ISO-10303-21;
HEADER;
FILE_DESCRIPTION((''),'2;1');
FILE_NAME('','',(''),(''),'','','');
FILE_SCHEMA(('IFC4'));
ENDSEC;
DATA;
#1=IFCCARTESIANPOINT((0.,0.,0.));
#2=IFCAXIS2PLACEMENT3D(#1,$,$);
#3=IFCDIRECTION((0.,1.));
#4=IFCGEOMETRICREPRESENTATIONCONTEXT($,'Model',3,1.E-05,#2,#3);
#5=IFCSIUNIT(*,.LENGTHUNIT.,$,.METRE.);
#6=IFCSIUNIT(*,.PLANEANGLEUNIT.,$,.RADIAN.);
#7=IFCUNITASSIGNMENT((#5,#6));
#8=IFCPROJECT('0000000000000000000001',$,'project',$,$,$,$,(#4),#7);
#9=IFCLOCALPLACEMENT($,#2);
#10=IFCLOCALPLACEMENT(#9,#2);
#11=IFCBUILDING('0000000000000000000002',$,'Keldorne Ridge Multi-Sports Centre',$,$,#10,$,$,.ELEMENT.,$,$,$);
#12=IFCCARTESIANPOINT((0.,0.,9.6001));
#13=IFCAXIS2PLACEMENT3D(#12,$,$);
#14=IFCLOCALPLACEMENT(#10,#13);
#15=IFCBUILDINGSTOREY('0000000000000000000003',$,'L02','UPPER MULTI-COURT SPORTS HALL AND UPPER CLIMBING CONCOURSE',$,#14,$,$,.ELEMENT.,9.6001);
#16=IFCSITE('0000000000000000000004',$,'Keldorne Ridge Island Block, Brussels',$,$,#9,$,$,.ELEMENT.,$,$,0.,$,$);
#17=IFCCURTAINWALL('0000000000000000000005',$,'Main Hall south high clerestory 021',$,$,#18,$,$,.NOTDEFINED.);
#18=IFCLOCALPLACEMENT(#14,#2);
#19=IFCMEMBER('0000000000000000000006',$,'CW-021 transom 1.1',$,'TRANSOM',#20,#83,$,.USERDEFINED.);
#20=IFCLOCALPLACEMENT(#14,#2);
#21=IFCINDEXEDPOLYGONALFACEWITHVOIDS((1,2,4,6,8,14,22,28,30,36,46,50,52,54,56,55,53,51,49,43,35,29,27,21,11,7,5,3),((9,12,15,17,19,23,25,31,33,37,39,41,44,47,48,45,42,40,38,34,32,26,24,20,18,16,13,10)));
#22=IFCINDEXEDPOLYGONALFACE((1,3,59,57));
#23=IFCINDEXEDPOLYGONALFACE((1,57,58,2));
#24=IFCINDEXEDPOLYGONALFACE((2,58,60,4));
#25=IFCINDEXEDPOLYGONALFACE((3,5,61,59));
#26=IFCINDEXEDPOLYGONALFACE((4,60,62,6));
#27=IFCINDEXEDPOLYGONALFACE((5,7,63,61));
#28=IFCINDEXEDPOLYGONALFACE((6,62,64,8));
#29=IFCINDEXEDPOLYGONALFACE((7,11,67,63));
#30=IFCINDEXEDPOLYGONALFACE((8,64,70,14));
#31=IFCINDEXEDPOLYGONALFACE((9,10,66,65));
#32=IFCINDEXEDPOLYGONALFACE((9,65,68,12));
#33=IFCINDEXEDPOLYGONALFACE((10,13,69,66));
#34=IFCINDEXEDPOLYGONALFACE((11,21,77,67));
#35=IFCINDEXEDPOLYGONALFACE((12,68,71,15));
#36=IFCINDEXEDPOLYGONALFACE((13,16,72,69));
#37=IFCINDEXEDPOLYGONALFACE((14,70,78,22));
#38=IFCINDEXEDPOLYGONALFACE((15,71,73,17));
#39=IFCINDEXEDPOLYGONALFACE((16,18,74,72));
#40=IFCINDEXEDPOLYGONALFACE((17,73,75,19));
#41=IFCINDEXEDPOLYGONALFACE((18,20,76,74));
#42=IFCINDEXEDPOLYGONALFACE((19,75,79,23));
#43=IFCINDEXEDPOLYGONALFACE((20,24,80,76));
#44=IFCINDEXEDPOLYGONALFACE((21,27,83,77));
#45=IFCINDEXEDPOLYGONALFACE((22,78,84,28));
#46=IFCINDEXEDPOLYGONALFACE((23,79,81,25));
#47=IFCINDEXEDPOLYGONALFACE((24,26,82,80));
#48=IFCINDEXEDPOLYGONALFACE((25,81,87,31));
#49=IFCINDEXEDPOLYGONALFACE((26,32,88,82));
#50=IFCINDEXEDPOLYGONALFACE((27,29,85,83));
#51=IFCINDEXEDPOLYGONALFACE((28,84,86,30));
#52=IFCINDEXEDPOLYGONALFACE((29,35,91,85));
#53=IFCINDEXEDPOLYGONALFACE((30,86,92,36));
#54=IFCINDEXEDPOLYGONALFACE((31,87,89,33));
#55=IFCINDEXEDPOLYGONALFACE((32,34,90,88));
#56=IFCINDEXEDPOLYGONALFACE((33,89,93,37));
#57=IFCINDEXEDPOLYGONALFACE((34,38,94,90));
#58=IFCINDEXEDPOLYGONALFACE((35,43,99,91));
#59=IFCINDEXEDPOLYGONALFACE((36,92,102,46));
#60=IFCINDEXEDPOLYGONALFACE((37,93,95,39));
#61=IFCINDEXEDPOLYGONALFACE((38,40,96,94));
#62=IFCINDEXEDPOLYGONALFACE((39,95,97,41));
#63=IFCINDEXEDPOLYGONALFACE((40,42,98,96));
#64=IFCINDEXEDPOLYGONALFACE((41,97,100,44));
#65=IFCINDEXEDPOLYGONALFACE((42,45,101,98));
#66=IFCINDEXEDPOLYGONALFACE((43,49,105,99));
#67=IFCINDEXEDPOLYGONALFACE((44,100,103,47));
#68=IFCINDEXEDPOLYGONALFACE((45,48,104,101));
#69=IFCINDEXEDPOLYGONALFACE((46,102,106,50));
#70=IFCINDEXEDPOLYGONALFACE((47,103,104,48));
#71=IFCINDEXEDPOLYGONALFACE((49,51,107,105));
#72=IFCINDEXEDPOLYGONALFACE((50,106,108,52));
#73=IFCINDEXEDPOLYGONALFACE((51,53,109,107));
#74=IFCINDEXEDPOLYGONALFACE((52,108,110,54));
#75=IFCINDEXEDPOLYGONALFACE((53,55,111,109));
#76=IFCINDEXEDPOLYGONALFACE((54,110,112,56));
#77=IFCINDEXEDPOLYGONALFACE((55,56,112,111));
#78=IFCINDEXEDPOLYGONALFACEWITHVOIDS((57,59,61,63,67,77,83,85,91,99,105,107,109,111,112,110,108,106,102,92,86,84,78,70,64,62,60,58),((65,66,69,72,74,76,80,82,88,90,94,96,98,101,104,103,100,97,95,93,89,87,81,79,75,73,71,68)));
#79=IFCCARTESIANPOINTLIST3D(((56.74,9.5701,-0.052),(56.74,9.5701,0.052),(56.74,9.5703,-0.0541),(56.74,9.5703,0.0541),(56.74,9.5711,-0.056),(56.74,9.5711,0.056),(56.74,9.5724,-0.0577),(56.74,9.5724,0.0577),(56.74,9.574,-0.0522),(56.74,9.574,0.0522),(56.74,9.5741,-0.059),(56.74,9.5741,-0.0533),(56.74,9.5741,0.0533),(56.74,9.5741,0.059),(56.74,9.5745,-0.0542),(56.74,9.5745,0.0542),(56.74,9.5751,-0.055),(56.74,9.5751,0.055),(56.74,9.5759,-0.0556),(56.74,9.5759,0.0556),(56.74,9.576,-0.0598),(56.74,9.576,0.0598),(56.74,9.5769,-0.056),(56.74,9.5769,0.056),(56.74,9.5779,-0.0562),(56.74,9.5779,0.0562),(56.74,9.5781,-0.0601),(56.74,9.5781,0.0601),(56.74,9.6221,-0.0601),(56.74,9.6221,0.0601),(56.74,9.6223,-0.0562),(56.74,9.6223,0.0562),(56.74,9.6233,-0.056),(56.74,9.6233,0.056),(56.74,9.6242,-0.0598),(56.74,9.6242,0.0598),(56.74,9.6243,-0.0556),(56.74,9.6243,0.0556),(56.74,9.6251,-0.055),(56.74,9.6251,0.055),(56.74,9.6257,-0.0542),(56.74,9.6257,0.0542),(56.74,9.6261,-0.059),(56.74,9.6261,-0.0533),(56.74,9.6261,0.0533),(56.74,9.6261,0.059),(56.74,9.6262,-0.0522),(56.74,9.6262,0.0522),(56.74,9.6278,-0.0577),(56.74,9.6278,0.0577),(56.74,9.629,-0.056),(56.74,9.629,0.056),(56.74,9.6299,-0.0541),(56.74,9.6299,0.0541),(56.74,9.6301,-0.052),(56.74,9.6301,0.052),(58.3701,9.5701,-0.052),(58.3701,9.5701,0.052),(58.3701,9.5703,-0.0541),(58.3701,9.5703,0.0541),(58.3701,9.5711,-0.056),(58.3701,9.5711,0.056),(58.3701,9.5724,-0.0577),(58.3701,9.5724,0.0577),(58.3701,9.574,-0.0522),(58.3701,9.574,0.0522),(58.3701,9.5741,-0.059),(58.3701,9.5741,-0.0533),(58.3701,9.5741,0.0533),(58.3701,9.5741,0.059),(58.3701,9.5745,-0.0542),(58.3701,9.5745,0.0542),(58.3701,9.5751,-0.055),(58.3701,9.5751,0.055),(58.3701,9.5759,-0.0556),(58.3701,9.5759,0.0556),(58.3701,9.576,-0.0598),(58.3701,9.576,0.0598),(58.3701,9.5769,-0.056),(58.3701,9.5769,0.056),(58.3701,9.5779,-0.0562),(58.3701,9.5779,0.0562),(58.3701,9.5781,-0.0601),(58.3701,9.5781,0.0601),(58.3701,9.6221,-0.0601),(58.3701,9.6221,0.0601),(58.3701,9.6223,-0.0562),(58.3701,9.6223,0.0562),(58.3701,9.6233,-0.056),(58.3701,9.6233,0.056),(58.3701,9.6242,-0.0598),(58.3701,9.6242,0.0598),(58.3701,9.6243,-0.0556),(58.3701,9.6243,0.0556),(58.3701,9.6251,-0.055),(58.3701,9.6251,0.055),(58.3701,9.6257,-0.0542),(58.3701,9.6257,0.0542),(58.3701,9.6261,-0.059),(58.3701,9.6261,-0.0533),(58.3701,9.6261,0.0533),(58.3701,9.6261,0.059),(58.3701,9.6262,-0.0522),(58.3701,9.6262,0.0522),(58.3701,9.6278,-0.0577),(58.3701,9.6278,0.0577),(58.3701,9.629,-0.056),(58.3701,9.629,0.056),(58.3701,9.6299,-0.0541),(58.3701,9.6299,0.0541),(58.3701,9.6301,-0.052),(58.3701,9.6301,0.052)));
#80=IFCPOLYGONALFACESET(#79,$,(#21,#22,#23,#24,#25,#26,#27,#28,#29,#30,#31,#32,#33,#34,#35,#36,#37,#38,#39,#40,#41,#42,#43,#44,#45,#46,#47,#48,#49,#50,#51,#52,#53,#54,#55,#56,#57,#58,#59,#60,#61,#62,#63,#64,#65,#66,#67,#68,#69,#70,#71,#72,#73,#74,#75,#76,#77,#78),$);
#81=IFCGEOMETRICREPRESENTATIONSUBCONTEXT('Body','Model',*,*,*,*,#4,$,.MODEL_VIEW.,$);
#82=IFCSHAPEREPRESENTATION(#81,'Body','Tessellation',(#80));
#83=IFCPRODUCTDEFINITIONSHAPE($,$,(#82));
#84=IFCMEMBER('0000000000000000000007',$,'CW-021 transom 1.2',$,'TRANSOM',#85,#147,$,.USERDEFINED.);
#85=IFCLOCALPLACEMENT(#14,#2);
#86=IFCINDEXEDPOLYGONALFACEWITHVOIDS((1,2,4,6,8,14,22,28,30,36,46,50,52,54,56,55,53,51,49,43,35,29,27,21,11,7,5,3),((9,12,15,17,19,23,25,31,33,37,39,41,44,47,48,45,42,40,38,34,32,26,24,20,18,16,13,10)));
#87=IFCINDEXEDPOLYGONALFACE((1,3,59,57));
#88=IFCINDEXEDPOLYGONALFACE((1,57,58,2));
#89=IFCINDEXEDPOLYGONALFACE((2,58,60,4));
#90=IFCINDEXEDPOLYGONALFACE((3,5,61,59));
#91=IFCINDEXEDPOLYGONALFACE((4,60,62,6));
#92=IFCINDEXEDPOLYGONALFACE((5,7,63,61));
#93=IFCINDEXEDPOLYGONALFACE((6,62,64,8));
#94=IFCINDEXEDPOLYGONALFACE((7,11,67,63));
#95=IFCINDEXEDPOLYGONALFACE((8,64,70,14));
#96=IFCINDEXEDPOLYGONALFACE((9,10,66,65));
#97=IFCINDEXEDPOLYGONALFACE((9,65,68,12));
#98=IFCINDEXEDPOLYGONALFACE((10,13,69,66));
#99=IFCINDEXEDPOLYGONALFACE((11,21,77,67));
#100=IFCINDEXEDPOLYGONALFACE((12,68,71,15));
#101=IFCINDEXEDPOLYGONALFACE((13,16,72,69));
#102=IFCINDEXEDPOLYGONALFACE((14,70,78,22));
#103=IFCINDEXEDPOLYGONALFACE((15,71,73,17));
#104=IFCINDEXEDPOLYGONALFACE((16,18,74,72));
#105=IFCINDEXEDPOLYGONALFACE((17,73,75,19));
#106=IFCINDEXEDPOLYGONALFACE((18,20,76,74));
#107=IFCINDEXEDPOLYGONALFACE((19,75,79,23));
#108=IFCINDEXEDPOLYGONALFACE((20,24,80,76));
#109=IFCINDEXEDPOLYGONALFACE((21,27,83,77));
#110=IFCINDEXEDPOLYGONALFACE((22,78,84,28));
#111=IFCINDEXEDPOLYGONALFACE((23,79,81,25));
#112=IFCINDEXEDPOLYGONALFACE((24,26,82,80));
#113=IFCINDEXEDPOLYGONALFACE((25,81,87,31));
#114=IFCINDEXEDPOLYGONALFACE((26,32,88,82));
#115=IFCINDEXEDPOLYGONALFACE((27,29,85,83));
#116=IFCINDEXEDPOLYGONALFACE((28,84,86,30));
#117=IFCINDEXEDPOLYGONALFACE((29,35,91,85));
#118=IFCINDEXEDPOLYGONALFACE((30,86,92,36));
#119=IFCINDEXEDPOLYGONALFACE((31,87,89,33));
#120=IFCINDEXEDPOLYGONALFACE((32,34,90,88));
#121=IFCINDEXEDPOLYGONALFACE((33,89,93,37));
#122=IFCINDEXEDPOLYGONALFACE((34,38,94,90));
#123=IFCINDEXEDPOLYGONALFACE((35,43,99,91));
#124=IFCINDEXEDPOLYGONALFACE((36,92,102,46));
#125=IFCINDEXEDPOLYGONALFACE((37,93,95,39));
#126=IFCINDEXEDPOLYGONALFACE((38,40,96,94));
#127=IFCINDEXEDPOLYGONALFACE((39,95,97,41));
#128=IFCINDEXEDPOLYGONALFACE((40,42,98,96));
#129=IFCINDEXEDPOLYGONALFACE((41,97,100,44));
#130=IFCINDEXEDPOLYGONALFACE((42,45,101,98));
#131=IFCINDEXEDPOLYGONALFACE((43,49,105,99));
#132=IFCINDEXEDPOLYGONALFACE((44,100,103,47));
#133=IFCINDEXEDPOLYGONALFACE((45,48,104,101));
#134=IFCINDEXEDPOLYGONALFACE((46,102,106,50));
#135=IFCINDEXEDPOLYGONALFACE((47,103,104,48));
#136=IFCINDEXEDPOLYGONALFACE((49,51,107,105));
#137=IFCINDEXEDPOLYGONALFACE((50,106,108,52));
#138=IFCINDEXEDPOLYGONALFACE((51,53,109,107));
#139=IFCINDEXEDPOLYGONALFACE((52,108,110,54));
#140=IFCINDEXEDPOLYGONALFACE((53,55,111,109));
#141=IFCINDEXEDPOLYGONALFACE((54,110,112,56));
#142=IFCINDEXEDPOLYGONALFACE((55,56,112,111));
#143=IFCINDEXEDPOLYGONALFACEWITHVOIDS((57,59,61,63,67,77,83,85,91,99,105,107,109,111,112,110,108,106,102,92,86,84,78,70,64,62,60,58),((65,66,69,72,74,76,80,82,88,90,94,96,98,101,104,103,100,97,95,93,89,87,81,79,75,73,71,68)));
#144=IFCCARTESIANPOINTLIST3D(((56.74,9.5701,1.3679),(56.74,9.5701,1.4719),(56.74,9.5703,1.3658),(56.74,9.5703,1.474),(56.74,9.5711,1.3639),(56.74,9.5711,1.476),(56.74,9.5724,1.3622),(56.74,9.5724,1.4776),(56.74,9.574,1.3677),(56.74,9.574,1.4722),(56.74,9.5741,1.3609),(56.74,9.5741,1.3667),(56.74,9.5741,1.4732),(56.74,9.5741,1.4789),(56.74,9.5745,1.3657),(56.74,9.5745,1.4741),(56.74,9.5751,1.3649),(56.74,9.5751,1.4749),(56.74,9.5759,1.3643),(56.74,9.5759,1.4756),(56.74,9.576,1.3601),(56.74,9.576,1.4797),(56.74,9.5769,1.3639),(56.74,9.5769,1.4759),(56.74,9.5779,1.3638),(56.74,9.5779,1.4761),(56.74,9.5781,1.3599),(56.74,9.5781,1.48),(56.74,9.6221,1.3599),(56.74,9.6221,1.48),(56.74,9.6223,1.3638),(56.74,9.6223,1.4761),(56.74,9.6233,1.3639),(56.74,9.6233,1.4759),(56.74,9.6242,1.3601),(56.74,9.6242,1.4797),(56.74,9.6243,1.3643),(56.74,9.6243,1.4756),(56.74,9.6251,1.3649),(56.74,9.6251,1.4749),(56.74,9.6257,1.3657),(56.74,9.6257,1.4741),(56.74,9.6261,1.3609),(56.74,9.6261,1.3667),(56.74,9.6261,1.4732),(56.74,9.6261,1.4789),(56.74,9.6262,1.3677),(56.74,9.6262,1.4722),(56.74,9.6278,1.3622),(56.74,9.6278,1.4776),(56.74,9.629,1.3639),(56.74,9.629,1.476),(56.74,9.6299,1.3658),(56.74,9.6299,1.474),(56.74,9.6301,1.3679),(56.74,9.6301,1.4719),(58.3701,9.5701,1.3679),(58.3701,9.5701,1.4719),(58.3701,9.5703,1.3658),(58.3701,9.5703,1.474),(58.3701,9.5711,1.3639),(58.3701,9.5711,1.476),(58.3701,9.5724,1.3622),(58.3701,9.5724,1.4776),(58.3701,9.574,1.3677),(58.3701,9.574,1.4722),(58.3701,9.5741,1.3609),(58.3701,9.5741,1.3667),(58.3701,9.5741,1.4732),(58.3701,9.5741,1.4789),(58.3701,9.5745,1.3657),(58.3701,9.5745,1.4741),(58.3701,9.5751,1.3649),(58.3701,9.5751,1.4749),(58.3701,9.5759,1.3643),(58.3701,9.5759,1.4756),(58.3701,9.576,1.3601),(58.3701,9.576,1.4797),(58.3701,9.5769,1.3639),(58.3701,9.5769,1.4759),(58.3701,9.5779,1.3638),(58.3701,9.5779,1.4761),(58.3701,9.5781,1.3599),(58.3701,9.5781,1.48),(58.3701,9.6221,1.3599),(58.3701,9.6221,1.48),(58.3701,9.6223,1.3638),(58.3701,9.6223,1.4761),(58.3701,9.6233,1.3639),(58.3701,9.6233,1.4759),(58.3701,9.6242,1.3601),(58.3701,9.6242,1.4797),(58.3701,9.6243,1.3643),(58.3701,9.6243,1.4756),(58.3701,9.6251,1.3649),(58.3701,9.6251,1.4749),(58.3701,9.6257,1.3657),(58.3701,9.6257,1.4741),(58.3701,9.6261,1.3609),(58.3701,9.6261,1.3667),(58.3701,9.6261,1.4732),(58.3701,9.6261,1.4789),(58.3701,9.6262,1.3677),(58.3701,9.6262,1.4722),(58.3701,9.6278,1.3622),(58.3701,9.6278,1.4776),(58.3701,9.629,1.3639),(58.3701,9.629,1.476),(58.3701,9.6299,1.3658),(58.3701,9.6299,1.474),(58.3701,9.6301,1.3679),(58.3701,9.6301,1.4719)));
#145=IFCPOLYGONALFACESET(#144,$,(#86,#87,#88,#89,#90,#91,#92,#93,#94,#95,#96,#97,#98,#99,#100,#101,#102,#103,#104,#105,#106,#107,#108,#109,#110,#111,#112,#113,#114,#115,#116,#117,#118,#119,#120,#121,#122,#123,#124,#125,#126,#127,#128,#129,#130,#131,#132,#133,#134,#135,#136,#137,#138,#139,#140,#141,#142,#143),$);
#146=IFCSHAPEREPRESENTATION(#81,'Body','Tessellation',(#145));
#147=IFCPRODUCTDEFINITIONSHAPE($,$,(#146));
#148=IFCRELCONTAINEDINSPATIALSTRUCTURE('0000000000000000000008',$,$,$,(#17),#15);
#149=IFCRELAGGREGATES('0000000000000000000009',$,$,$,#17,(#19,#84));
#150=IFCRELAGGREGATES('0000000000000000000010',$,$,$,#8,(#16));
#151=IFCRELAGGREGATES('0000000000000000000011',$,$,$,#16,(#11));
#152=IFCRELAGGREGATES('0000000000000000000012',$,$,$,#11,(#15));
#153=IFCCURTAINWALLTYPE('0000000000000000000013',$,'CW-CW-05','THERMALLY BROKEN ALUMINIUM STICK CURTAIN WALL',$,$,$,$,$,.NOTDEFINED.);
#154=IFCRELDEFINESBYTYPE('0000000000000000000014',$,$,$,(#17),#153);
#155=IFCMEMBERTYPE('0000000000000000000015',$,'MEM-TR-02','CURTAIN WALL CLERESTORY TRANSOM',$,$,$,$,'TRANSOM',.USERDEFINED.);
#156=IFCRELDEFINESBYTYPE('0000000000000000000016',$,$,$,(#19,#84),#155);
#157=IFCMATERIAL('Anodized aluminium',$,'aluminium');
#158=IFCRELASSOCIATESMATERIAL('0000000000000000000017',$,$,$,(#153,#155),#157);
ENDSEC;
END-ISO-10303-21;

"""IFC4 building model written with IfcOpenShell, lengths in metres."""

from ifc_helpers import new_model, si_unit, direction, frame, origin, origin_2d, place, context, subcontext, project, spatial, hollow_rectangle, extrude, material, material_profile, profile_set, type_object, element, aggregate, save


model = new_model("IFC4")

# Units and contexts
model_context = context("Model", 3, precision=1e-05, world=origin(), true_north=direction((0.0, 1.0)))
body_context = subcontext(model_context, "Body", "Model", "MODEL_VIEW")
ifc_project = project(units=[si_unit("LENGTHUNIT", "METRE"), si_unit("PLANEANGLEUNIT", "RADIAN")], contexts=[model_context])

# Site, building, storey
site_placement = place(None, origin())
site = spatial("IfcSite", under=ifc_project, at=site_placement, Name="Keldorne Ridge Island Block, Brussels", CompositionType="ELEMENT", RefElevation=0.0)
building_placement = place(site_placement, origin())
building = spatial("IfcBuilding", under=site, at=building_placement, Name="Keldorne Ridge Multi-Sports Centre", CompositionType="ELEMENT")
storey_placement = place(building_placement, frame((0.0, 0.0, 9.6001)))
storey = spatial("IfcBuildingStorey", under=building, at=storey_placement, Name="L02", Description="UPPER MULTI-COURT SPORTS HALL AND UPPER CLIMBING CONCOURSE", CompositionType="ELEMENT", Elevation=9.6001)

# Curtain wall, members
ifc_material_1 = material(Name="Anodized aluminium", Category="aluminium")
curtain_wall_type = type_object("IfcCurtainWallType", Name="CW-CW-05", Description="THERMALLY BROKEN ALUMINIUM STICK CURTAIN WALL", PredefinedType="NOTDEFINED", material=ifc_material_1)
curtain_wall_placement = place(storey_placement, origin())
curtain_wall = element("IfcCurtainWall", 1, at=curtain_wall_placement, inside=storey, type_object=curtain_wall_type, Name="Main Hall south high clerestory 021", PredefinedType="NOTDEFINED")
ifc_material_profile_1 = material_profile(ifc_material_1, hollow_rectangle(XDim=0.0601, YDim=0.1201, WallThickness=0.0039, InnerFilletRadius=0.0039, OuterFilletRadius=0.0081, at=origin_2d()), Name="ALU TRANSOM 120x60x4")
ifc_profile_set_1 = profile_set([ifc_material_profile_1], Name="Anodized aluminium")
member_type_1 = type_object("IfcMemberType", Name="MEM-TR-02", Description="CURTAIN WALL CLERESTORY TRANSOM", ElementType="TRANSOM", PredefinedType="USERDEFINED", material=ifc_profile_set_1)
member_1_placement = place(storey_placement, frame((56.74, 9.6001, 0.0), z_axis=(1.0, 0.0, 0.0), x_axis=(0.0, 1.0, 0.0)))
member_1 = element("IfcMember", 2, at=member_1_placement, type_object=member_type_1, Name="CW-021 transom 1.1", ObjectType="TRANSOM", PredefinedType="USERDEFINED", context=body_context, shape_type="SweptSolid", body=[
    extrude(hollow_rectangle(XDim=0.0601, YDim=0.1201, WallThickness=0.0039, InnerFilletRadius=0.0039, OuterFilletRadius=0.0081, at=origin_2d()), origin(), (0.0, 0.0, 1.0), 1.6301),
])
member_2_placement = place(storey_placement, frame((56.74, 9.6001, 1.4199), z_axis=(1.0, 0.0, 0.0), x_axis=(0.0, 1.0, 0.0)))
member_2 = element("IfcMember", 3, at=member_2_placement, type_object=member_type_1, Name="CW-021 transom 1.2", ObjectType="TRANSOM", PredefinedType="USERDEFINED", context=body_context, shape_type="SweptSolid", body=[
    extrude(hollow_rectangle(XDim=0.0601, YDim=0.1201, WallThickness=0.0039, InnerFilletRadius=0.0039, OuterFilletRadius=0.0081, at=origin_2d()), origin(), (0.0, 0.0, 1.0), 1.6301),
])
aggregate(curtain_wall, [member_1, member_2])

save(model, "model.ifc")
